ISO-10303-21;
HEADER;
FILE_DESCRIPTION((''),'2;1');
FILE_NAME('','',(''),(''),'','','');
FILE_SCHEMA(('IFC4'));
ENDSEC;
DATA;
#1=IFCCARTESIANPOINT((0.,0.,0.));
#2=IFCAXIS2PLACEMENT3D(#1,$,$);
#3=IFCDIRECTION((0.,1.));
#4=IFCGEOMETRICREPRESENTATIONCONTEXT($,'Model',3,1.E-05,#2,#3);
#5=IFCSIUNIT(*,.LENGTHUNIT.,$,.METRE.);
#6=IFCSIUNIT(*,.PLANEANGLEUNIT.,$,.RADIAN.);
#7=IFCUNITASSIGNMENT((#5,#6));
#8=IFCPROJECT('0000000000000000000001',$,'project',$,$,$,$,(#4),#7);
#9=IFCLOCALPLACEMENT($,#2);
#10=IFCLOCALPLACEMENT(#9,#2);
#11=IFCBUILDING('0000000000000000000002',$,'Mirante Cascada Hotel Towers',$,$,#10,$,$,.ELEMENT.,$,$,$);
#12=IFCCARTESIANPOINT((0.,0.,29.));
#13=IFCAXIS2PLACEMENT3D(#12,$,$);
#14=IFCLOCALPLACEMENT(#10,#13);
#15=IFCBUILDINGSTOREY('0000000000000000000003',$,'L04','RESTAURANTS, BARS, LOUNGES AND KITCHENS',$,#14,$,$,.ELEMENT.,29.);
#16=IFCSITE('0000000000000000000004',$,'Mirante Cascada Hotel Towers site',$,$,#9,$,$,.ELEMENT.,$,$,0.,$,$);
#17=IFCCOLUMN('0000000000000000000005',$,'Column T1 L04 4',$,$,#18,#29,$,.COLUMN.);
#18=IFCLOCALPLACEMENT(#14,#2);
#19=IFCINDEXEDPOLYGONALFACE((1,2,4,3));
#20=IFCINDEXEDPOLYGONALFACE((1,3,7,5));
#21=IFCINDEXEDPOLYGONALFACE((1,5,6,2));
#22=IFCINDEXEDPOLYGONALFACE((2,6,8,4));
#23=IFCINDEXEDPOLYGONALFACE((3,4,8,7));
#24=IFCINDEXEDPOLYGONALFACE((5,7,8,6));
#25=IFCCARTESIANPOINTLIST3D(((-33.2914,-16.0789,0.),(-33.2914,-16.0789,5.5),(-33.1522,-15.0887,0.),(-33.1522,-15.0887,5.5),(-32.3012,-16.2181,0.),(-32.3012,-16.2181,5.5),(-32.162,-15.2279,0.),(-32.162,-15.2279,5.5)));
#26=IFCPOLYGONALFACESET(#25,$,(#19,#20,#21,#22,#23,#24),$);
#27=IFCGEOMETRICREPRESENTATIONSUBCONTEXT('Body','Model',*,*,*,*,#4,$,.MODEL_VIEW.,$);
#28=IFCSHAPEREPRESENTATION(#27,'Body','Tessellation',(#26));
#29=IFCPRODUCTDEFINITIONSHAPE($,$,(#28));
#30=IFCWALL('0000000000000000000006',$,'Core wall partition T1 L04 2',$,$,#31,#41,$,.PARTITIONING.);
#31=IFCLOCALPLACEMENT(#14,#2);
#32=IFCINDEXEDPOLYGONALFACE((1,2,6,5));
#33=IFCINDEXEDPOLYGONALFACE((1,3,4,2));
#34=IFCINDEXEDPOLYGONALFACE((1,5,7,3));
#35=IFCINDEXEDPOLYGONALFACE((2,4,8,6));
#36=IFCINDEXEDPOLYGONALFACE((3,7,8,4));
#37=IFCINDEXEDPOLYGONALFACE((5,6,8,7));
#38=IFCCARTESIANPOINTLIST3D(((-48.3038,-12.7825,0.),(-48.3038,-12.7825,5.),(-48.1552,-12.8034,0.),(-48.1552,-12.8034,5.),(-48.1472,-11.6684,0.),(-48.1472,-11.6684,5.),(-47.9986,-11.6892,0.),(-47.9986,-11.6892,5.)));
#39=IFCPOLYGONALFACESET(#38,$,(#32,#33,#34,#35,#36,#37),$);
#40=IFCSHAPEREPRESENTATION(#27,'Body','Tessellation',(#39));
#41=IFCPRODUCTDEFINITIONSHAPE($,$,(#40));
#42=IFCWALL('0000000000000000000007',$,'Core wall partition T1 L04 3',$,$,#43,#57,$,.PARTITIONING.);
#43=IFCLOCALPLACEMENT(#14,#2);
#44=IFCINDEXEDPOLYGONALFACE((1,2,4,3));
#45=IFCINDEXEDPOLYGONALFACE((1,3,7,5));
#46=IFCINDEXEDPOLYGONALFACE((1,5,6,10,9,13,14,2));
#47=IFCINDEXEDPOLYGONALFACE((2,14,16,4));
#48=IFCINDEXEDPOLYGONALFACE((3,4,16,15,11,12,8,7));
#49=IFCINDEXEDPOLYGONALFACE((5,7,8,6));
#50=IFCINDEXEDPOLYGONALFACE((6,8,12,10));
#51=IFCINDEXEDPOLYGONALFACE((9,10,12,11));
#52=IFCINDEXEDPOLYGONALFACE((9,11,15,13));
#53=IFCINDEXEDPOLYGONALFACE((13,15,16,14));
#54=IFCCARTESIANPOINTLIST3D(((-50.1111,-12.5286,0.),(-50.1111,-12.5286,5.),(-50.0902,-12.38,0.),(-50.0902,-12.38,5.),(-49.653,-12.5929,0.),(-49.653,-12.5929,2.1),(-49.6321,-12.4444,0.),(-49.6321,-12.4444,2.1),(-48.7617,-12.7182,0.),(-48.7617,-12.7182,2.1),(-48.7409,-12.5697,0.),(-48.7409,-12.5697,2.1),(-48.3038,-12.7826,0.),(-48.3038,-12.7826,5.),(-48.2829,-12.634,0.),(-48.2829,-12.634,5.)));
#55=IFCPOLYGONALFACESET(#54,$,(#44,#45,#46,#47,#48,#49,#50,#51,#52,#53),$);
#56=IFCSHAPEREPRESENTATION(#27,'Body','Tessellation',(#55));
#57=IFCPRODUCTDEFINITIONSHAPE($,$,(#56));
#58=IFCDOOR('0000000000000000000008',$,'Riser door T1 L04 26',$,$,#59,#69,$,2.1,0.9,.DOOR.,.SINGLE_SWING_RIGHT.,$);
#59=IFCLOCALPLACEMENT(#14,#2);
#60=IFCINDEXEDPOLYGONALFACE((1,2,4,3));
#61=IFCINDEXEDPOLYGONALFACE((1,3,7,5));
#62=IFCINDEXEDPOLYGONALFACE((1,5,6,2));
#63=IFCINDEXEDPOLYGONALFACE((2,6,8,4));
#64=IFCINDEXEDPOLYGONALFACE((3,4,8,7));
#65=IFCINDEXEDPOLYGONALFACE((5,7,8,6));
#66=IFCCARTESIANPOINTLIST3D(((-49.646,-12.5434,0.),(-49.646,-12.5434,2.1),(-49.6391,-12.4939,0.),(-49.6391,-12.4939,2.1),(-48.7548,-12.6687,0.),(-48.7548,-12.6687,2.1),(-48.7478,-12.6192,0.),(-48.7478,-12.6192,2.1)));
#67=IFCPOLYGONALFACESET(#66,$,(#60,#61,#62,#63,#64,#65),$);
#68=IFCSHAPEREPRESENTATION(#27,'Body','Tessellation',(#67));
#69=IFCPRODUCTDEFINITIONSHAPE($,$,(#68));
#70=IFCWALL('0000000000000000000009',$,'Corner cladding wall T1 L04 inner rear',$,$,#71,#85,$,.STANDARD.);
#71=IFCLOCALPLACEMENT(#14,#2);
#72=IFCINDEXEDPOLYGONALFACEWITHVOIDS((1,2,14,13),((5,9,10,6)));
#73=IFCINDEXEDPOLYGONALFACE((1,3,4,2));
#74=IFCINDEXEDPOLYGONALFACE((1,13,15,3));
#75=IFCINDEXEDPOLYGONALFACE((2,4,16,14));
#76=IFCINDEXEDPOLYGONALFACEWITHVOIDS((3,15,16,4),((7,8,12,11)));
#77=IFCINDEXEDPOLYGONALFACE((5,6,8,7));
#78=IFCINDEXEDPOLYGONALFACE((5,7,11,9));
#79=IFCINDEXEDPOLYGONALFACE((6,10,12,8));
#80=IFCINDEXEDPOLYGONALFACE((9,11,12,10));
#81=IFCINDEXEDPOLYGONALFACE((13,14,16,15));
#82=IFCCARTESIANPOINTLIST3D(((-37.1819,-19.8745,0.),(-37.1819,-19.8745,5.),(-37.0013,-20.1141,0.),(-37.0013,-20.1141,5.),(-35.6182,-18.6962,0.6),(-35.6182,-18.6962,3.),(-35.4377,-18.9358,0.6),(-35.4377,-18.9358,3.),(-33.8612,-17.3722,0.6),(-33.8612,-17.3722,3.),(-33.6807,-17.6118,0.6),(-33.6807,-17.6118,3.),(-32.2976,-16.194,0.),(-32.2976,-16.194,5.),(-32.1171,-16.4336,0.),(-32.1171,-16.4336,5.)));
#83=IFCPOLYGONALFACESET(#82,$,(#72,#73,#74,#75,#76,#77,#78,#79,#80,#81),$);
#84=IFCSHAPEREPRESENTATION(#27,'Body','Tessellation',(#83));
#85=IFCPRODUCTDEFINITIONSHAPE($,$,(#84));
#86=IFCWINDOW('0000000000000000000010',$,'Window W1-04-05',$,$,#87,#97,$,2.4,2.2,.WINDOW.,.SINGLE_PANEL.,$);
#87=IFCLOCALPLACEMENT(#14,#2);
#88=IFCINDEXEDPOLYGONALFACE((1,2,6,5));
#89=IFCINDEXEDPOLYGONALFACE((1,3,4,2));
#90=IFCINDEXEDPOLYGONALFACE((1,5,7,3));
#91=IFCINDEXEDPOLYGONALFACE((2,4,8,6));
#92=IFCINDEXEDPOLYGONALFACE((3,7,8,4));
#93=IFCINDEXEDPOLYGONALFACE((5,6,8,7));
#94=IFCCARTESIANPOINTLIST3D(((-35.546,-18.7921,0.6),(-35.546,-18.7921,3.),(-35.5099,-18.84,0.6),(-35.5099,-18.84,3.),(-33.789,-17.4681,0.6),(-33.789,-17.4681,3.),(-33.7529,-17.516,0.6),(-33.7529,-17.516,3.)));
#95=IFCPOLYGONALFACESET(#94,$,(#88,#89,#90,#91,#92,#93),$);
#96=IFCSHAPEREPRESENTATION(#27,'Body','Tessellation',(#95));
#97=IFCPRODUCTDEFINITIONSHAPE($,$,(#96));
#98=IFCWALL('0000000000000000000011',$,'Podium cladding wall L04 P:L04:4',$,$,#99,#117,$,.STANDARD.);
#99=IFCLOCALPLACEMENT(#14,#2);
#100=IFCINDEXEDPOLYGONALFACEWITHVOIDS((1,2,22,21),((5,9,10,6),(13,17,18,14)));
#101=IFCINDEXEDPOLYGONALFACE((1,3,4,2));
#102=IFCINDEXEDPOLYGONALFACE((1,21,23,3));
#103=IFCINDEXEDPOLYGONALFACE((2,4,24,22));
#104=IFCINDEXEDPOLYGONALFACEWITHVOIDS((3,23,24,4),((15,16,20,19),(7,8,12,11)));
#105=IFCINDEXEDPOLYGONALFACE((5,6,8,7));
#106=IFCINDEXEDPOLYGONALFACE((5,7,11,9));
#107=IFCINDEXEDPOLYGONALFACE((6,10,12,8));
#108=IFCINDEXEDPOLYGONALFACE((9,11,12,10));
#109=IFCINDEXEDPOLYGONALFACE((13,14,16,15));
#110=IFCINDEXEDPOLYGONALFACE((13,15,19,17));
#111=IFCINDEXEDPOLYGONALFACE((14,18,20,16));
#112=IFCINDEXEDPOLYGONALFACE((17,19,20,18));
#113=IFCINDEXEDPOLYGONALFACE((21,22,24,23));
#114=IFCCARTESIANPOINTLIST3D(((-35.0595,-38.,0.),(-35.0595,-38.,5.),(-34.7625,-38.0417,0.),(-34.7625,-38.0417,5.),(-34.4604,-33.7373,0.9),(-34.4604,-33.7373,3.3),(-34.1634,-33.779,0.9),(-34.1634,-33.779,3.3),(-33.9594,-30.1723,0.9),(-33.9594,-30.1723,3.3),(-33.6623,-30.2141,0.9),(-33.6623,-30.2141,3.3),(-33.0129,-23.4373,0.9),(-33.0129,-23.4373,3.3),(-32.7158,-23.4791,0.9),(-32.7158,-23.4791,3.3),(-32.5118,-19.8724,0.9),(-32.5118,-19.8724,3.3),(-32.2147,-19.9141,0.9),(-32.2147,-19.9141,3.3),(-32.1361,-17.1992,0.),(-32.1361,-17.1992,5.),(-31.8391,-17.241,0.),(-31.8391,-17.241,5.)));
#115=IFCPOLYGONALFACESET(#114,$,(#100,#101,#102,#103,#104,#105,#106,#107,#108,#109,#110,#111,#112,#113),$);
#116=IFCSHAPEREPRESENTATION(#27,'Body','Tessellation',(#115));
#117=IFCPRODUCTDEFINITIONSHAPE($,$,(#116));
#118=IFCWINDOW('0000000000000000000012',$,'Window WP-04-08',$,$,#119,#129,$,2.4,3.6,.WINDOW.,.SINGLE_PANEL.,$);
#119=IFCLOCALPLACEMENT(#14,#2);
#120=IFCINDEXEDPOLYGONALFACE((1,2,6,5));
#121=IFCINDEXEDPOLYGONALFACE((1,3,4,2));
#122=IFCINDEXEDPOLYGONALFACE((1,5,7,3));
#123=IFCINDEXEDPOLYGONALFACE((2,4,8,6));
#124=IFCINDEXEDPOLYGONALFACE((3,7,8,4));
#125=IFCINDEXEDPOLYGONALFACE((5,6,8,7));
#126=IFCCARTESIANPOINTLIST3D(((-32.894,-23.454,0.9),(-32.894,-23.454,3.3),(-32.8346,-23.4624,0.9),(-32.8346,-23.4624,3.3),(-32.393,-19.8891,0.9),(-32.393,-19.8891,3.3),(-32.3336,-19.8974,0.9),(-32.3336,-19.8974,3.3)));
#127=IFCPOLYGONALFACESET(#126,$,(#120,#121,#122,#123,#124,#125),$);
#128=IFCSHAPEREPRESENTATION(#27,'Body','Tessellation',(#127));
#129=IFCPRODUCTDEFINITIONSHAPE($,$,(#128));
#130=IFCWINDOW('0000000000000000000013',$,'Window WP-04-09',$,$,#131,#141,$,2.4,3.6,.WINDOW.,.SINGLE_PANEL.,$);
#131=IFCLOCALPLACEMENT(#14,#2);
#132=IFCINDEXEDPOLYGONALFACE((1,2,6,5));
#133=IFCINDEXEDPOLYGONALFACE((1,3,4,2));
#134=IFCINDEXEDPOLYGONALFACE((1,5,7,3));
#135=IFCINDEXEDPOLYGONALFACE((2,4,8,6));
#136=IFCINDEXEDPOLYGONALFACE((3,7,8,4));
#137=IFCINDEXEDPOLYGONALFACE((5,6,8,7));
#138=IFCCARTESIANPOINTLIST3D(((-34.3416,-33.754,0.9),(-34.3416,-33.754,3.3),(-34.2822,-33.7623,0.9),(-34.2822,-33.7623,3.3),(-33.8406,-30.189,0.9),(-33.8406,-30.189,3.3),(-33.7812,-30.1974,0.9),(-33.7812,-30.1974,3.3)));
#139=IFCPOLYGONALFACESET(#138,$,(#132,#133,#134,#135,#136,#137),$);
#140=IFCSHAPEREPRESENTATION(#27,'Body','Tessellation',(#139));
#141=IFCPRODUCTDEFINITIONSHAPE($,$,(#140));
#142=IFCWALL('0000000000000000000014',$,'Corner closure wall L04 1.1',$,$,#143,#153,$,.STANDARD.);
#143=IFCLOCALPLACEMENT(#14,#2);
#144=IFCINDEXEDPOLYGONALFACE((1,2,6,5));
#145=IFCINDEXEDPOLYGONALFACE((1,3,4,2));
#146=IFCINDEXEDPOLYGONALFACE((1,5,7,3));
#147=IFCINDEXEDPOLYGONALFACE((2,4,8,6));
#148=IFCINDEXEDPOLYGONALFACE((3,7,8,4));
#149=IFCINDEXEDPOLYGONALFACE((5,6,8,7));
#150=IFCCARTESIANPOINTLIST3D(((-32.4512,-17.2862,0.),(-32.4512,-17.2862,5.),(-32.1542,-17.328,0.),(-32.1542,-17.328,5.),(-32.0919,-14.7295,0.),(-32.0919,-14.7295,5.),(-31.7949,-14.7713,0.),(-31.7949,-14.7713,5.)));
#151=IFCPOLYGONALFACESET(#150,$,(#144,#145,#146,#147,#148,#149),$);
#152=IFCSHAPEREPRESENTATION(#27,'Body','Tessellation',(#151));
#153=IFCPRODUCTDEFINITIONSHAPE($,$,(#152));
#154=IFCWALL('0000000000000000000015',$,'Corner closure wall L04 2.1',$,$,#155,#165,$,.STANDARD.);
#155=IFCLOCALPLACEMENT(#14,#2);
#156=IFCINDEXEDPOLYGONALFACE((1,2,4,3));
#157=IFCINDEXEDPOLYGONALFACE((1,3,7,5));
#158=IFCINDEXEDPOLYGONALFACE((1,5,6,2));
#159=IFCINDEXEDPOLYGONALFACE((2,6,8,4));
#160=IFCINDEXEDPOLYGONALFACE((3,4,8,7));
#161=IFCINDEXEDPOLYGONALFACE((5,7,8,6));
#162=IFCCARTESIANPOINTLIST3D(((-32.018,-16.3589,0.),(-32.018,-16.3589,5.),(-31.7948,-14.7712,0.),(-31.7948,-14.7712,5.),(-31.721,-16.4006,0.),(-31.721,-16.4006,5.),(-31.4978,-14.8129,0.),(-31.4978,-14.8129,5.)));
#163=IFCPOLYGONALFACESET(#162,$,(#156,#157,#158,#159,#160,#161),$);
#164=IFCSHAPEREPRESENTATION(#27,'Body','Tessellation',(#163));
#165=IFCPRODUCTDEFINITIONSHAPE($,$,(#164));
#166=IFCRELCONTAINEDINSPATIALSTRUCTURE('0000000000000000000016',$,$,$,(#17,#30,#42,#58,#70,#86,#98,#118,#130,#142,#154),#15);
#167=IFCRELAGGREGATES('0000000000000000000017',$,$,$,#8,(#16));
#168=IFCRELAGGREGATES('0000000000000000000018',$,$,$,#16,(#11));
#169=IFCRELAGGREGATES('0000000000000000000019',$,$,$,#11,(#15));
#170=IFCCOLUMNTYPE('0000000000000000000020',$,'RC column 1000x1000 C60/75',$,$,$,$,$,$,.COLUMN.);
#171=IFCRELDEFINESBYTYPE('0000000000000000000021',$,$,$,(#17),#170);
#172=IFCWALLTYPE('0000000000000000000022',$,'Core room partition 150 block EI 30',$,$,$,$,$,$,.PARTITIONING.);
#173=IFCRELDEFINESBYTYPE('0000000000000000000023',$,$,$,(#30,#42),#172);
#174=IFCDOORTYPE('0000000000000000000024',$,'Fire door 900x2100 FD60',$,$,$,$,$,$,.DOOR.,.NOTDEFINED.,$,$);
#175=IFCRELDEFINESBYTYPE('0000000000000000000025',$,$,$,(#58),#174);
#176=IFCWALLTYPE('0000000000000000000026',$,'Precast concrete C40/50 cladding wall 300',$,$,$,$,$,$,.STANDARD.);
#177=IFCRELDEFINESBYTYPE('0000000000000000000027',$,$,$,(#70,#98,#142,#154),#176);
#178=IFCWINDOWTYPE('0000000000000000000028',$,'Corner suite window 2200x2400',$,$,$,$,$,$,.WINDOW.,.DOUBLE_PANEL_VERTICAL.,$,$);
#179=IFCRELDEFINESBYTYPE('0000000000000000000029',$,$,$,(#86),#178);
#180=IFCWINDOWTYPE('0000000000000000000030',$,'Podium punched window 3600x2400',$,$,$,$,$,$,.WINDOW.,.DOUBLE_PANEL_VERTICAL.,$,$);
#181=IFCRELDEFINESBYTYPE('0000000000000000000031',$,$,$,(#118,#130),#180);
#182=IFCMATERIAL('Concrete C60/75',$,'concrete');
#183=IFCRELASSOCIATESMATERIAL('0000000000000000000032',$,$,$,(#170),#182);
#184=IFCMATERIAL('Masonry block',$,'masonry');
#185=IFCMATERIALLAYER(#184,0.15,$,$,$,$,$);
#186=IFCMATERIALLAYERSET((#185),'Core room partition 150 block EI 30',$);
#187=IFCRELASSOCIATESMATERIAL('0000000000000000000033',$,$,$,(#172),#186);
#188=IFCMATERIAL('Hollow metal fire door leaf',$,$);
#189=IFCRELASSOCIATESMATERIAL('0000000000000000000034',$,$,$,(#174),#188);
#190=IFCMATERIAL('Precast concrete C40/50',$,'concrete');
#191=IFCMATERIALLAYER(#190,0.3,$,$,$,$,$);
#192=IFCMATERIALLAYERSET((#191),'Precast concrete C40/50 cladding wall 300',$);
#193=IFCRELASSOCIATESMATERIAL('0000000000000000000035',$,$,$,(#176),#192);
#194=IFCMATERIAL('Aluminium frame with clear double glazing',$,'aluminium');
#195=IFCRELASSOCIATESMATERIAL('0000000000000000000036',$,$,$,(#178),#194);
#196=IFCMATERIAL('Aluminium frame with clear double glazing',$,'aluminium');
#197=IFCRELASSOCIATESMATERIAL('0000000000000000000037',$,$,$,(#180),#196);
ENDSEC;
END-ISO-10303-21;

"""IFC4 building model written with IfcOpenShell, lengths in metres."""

from ifc_helpers import new_model, si_unit, direction, frame, frame_2d, origin, origin_2d, place, context, subcontext, project, spatial, rectangle, extrude, material, layer, layer_set, material_profile, profile_set, type_object, element, fill, save


model = new_model("IFC4")

# Units and contexts
model_context = context("Model", 3, precision=1e-05, world=origin(), true_north=direction((0.0, 1.0)))
body_context = subcontext(model_context, "Body", "Model", "MODEL_VIEW")
ifc_project = project(units=[si_unit("LENGTHUNIT", "METRE"), si_unit("PLANEANGLEUNIT", "RADIAN")], contexts=[model_context])

# Site, building, storey
site_placement = place(None, origin())
site = spatial("IfcSite", under=ifc_project, at=site_placement, Name="Mirante Cascada Hotel Towers site", CompositionType="ELEMENT", RefElevation=0.0)
building_placement = place(site_placement, origin())
building = spatial("IfcBuilding", under=site, at=building_placement, Name="Mirante Cascada Hotel Towers", CompositionType="ELEMENT")
storey_placement = place(building_placement, frame((0.0, 0.0, 29.0)))
storey = spatial("IfcBuildingStorey", under=building, at=storey_placement, Name="L04", Description="RESTAURANTS, BARS, LOUNGES AND KITCHENS", CompositionType="ELEMENT", Elevation=29.0)

# Column
ifc_material_1 = material(Name="Concrete C60/75", Category="concrete")
ifc_material_profile = material_profile(ifc_material_1, rectangle(XDim=1.0, YDim=1.0, at=origin_2d()), Name="RC column 1000x1000 C60/75")
ifc_profile_set = profile_set([ifc_material_profile], Name="Concrete C60/75")
column_type = type_object("IfcColumnType", Name="RC column 1000x1000 C60/75", PredefinedType="COLUMN", material=ifc_profile_set)
column_placement = place(storey_placement, frame((-32.7267, -15.6534, 0.0), z_axis=(0.0, 0.0, 1.0), x_axis=(-0.990268, 0.139173, 0.0)))
element("IfcColumn", 1, at=column_placement, inside=storey, type_object=column_type, Name="Column T1 L04 4", PredefinedType="COLUMN", context=body_context, shape_type="SweptSolid", body=[
    extrude(rectangle(XDim=1.0, YDim=1.0, at=origin_2d()), origin(), (0.0, 0.0, 1.0), 5.5),
])

# Wall
ifc_material_2 = material(Name="Masonry block", Category="masonry")
ifc_layer_1 = layer(ifc_material_2, 0.15)
ifc_layer_set_1 = layer_set([ifc_layer_1], Name="Core room partition 150 block EI 30")
wall_type_1 = type_object("IfcWallType", Name="Core room partition 150 block EI 30", PredefinedType="PARTITIONING", material=ifc_layer_set_1)
wall_1_placement = place(storey_placement, frame((-48.2295, -12.793, 0.0), z_axis=(0.0, 0.0, 1.0), x_axis=(0.139193, 0.990265, 0.0)))
element("IfcWall", 2, at=wall_1_placement, inside=storey, type_object=wall_type_1, Name="Core wall partition T1 L04 2", PredefinedType="PARTITIONING", context=body_context, shape_type="SweptSolid", body=[
    extrude(rectangle(XDim=1.1251, YDim=0.15, at=frame_2d((0.5626, 0.0))), origin(), (0.0, 0.0, 1.0), 5.0),
])

# Wall, opening, door
wall_2_placement = place(storey_placement, frame((-48.2933, -12.7083, 0.0), z_axis=(0.0, 0.0, 1.0), x_axis=(-0.990268, 0.139173, 0.0)))
wall_2 = element("IfcWall", 3, at=wall_2_placement, inside=storey, type_object=wall_type_1, Name="Core wall partition T1 L04 3", PredefinedType="PARTITIONING", context=body_context, shape_type="SweptSolid", body=[
    extrude(rectangle(XDim=1.8251, YDim=0.15, at=frame_2d((0.9126, 0.0))), origin(), (0.0, 0.0, 1.0), 5.0),
])
opening_1_placement = place(wall_2_placement, frame((0.4625, 0.0, 0.0)))
opening_1 = element("IfcOpeningElement", 4, at=opening_1_placement, cuts=wall_2, PredefinedType="OPENING", context=body_context, shape_type="SweptSolid", body=[
    extrude(rectangle(XDim=0.9, YDim=2.1, at=frame_2d((0.45, 1.05))), frame((0.0, 0.075, 0.0), z_axis=(0.0, -1.0, 0.0), x_axis=(1.0, 0.0, 0.0)), (0.0, 0.0, 1.0), 0.15),
])
ifc_material_3 = material(Name="Hollow metal fire door leaf")
door_type_1 = type_object("IfcDoorType", Name="Fire door 900x2100 FD60", OperationType="NOTDEFINED", PredefinedType="DOOR", material=ifc_material_3)
door_1_placement = place(opening_1_placement, origin())
door_1 = element("IfcDoor", 5, at=door_1_placement, inside=storey, type_object=door_type_1, Name="Riser door T1 L04 26", OperationType="SINGLE_SWING_RIGHT", OverallHeight=2.1, OverallWidth=0.9, PredefinedType="DOOR", context=body_context, shape_type="SweptSolid", body=[
    extrude(rectangle(XDim=0.9, YDim=2.1, at=frame_2d((0.45, 1.05))), frame((0.0, 0.025, 0.0), z_axis=(0.0, -1.0, 0.0), x_axis=(1.0, 0.0, 0.0)), (0.0, 0.0, 1.0), 0.05),
])
fill(opening_1, door_1)

# Wall, opening, window
ifc_material_4 = material(Name="Precast concrete C40/50", Category="concrete")
ifc_layer_2 = layer(ifc_material_4, 0.3)
ifc_layer_set_2 = layer_set([ifc_layer_2], Name="Precast concrete C40/50 cladding wall 300")
wall_type_2 = type_object("IfcWallType", Name="Precast concrete C40/50 cladding wall 300", PredefinedType="STANDARD", material=ifc_layer_set_2)
wall_3_placement = place(storey_placement, frame((-32.2074, -16.3138, 0.0), z_axis=(0.0, 0.0, 1.0), x_axis=(-0.798636, -0.601814, 0.0)))
wall_3 = element("IfcWall", 6, at=wall_3_placement, inside=storey, type_object=wall_type_2, Name="Corner cladding wall T1 L04 inner rear", PredefinedType="STANDARD", context=body_context, shape_type="SweptSolid", body=[
    extrude(rectangle(XDim=6.1157, YDim=0.3, at=frame_2d((3.0578, 0.0))), origin(), (0.0, 0.0, 1.0), 5.0),
])
opening_2_placement = place(wall_3_placement, frame((1.9578, 0.0, 0.6)))
opening_2 = element("IfcOpeningElement", 7, at=opening_2_placement, cuts=wall_3, PredefinedType="OPENING", context=body_context, shape_type="SweptSolid", body=[
    extrude(rectangle(XDim=2.2, YDim=2.4, at=frame_2d((1.1, 1.2))), frame((0.0, 0.15, 0.0), z_axis=(0.0, -1.0, 0.0), x_axis=(1.0, 0.0, 0.0)), (0.0, 0.0, 1.0), 0.3),
])
ifc_material_5 = material(Name="Aluminium frame with clear double glazing", Category="aluminium")
window_type_1 = type_object("IfcWindowType", Name="Corner suite window 2200x2400", PartitioningType="DOUBLE_PANEL_VERTICAL", PredefinedType="WINDOW", material=ifc_material_5)
window_1_placement = place(opening_2_placement, origin())
window_1 = element("IfcWindow", 8, at=window_1_placement, inside=storey, type_object=window_type_1, Name="Window W1-04-05", OverallHeight=2.4, OverallWidth=2.2, PartitioningType="SINGLE_PANEL", PredefinedType="WINDOW", context=body_context, shape_type="SweptSolid", body=[
    extrude(rectangle(XDim=2.2, YDim=2.4, at=frame_2d((1.1, 1.2))), frame((0.0, 0.03, 0.0), z_axis=(0.0, -1.0, 0.0), x_axis=(1.0, 0.0, 0.0)), (0.0, 0.0, 1.0), 0.06),
])
fill(opening_2, window_1)

# Wall, openings, windows
wall_4_placement = place(storey_placement, frame((-31.9876, -17.2201, 0.0), z_axis=(0.0, 0.0, 1.0), x_axis=(-0.139175, -0.990268, 0.0)))
wall_4 = element("IfcWall", 9, at=wall_4_placement, inside=storey, type_object=wall_type_2, Name="Podium cladding wall L04 P:L04:4", PredefinedType="STANDARD", context=body_context, shape_type="SweptSolid", body=[
    extrude(rectangle(XDim=21.0052, YDim=0.3, at=frame_2d((10.5026, 0.0))), origin(), (0.0, 0.0, 1.0), 5.0),
])
opening_3_placement = place(wall_4_placement, frame((2.6994, 0.0, 0.9)))
opening_3 = element("IfcOpeningElement", 10, at=opening_3_placement, cuts=wall_4, PredefinedType="OPENING", context=body_context, shape_type="SweptSolid", body=[
    extrude(rectangle(XDim=3.6, YDim=2.4, at=frame_2d((1.8, 1.2))), frame((0.0, 0.15, 0.0), z_axis=(0.0, -1.0, 0.0), x_axis=(1.0, 0.0, 0.0)), (0.0, 0.0, 1.0), 0.3),
])
opening_4_placement = place(wall_4_placement, frame((13.1006, 0.0, 0.9)))
opening_4 = element("IfcOpeningElement", 11, at=opening_4_placement, cuts=wall_4, PredefinedType="OPENING", context=body_context, shape_type="SweptSolid", body=[
    extrude(rectangle(XDim=3.6, YDim=2.4, at=frame_2d((1.8, 1.2))), frame((0.0, 0.15, 0.0), z_axis=(0.0, -1.0, 0.0), x_axis=(1.0, 0.0, 0.0)), (0.0, 0.0, 1.0), 0.3),
])
ifc_material_6 = material(Name="Aluminium frame with clear double glazing", Category="aluminium")
window_type_2 = type_object("IfcWindowType", Name="Podium punched window 3600x2400", PartitioningType="DOUBLE_PANEL_VERTICAL", PredefinedType="WINDOW", material=ifc_material_6)
window_2_placement = place(opening_3_placement, origin())
window_2 = element("IfcWindow", 12, at=window_2_placement, inside=storey, type_object=window_type_2, Name="Window WP-04-08", OverallHeight=2.4, OverallWidth=3.6, PartitioningType="SINGLE_PANEL", PredefinedType="WINDOW", context=body_context, shape_type="SweptSolid", body=[
    extrude(rectangle(XDim=3.6, YDim=2.4, at=frame_2d((1.8, 1.2))), frame((0.0, 0.03, 0.0), z_axis=(0.0, -1.0, 0.0), x_axis=(1.0, 0.0, 0.0)), (0.0, 0.0, 1.0), 0.06),
])
fill(opening_3, window_2)
window_3_placement = place(opening_4_placement, origin())
window_3 = element("IfcWindow", 13, at=window_3_placement, inside=storey, type_object=window_type_2, Name="Window WP-04-09", OverallHeight=2.4, OverallWidth=3.6, PartitioningType="SINGLE_PANEL", PredefinedType="WINDOW", context=body_context, shape_type="SweptSolid", body=[
    extrude(rectangle(XDim=3.6, YDim=2.4, at=frame_2d((1.8, 1.2))), frame((0.0, 0.03, 0.0), z_axis=(0.0, -1.0, 0.0), x_axis=(1.0, 0.0, 0.0)), (0.0, 0.0, 1.0), 0.06),
])
fill(opening_4, window_3)

# Walls
wall_5_placement = place(storey_placement, frame((-32.3027, -17.3071, 0.0), z_axis=(0.0, 0.0, 1.0), x_axis=(0.139165, 0.990269, 0.0)))
element("IfcWall", 14, at=wall_5_placement, inside=storey, type_object=wall_type_2, Name="Corner closure wall L04 1.1", PredefinedType="STANDARD", context=body_context, shape_type="SweptSolid", body=[
    extrude(rectangle(XDim=2.5818, YDim=0.3, at=frame_2d((1.2909, 0.0))), origin(), (0.0, 0.0, 1.0), 5.0),
])
wall_6_placement = place(storey_placement, frame((-31.6463, -14.7921, 0.0), z_axis=(0.0, 0.0, 1.0), x_axis=(-0.139212, -0.990263, 0.0)))
element("IfcWall", 15, at=wall_6_placement, inside=storey, type_object=wall_type_2, Name="Corner closure wall L04 2.1", PredefinedType="STANDARD", context=body_context, shape_type="SweptSolid", body=[
    extrude(rectangle(XDim=1.6033, YDim=0.3, at=frame_2d((0.8016, 0.0))), origin(), (0.0, 0.0, 1.0), 5.0),
])

save(model, "model.ifc")
